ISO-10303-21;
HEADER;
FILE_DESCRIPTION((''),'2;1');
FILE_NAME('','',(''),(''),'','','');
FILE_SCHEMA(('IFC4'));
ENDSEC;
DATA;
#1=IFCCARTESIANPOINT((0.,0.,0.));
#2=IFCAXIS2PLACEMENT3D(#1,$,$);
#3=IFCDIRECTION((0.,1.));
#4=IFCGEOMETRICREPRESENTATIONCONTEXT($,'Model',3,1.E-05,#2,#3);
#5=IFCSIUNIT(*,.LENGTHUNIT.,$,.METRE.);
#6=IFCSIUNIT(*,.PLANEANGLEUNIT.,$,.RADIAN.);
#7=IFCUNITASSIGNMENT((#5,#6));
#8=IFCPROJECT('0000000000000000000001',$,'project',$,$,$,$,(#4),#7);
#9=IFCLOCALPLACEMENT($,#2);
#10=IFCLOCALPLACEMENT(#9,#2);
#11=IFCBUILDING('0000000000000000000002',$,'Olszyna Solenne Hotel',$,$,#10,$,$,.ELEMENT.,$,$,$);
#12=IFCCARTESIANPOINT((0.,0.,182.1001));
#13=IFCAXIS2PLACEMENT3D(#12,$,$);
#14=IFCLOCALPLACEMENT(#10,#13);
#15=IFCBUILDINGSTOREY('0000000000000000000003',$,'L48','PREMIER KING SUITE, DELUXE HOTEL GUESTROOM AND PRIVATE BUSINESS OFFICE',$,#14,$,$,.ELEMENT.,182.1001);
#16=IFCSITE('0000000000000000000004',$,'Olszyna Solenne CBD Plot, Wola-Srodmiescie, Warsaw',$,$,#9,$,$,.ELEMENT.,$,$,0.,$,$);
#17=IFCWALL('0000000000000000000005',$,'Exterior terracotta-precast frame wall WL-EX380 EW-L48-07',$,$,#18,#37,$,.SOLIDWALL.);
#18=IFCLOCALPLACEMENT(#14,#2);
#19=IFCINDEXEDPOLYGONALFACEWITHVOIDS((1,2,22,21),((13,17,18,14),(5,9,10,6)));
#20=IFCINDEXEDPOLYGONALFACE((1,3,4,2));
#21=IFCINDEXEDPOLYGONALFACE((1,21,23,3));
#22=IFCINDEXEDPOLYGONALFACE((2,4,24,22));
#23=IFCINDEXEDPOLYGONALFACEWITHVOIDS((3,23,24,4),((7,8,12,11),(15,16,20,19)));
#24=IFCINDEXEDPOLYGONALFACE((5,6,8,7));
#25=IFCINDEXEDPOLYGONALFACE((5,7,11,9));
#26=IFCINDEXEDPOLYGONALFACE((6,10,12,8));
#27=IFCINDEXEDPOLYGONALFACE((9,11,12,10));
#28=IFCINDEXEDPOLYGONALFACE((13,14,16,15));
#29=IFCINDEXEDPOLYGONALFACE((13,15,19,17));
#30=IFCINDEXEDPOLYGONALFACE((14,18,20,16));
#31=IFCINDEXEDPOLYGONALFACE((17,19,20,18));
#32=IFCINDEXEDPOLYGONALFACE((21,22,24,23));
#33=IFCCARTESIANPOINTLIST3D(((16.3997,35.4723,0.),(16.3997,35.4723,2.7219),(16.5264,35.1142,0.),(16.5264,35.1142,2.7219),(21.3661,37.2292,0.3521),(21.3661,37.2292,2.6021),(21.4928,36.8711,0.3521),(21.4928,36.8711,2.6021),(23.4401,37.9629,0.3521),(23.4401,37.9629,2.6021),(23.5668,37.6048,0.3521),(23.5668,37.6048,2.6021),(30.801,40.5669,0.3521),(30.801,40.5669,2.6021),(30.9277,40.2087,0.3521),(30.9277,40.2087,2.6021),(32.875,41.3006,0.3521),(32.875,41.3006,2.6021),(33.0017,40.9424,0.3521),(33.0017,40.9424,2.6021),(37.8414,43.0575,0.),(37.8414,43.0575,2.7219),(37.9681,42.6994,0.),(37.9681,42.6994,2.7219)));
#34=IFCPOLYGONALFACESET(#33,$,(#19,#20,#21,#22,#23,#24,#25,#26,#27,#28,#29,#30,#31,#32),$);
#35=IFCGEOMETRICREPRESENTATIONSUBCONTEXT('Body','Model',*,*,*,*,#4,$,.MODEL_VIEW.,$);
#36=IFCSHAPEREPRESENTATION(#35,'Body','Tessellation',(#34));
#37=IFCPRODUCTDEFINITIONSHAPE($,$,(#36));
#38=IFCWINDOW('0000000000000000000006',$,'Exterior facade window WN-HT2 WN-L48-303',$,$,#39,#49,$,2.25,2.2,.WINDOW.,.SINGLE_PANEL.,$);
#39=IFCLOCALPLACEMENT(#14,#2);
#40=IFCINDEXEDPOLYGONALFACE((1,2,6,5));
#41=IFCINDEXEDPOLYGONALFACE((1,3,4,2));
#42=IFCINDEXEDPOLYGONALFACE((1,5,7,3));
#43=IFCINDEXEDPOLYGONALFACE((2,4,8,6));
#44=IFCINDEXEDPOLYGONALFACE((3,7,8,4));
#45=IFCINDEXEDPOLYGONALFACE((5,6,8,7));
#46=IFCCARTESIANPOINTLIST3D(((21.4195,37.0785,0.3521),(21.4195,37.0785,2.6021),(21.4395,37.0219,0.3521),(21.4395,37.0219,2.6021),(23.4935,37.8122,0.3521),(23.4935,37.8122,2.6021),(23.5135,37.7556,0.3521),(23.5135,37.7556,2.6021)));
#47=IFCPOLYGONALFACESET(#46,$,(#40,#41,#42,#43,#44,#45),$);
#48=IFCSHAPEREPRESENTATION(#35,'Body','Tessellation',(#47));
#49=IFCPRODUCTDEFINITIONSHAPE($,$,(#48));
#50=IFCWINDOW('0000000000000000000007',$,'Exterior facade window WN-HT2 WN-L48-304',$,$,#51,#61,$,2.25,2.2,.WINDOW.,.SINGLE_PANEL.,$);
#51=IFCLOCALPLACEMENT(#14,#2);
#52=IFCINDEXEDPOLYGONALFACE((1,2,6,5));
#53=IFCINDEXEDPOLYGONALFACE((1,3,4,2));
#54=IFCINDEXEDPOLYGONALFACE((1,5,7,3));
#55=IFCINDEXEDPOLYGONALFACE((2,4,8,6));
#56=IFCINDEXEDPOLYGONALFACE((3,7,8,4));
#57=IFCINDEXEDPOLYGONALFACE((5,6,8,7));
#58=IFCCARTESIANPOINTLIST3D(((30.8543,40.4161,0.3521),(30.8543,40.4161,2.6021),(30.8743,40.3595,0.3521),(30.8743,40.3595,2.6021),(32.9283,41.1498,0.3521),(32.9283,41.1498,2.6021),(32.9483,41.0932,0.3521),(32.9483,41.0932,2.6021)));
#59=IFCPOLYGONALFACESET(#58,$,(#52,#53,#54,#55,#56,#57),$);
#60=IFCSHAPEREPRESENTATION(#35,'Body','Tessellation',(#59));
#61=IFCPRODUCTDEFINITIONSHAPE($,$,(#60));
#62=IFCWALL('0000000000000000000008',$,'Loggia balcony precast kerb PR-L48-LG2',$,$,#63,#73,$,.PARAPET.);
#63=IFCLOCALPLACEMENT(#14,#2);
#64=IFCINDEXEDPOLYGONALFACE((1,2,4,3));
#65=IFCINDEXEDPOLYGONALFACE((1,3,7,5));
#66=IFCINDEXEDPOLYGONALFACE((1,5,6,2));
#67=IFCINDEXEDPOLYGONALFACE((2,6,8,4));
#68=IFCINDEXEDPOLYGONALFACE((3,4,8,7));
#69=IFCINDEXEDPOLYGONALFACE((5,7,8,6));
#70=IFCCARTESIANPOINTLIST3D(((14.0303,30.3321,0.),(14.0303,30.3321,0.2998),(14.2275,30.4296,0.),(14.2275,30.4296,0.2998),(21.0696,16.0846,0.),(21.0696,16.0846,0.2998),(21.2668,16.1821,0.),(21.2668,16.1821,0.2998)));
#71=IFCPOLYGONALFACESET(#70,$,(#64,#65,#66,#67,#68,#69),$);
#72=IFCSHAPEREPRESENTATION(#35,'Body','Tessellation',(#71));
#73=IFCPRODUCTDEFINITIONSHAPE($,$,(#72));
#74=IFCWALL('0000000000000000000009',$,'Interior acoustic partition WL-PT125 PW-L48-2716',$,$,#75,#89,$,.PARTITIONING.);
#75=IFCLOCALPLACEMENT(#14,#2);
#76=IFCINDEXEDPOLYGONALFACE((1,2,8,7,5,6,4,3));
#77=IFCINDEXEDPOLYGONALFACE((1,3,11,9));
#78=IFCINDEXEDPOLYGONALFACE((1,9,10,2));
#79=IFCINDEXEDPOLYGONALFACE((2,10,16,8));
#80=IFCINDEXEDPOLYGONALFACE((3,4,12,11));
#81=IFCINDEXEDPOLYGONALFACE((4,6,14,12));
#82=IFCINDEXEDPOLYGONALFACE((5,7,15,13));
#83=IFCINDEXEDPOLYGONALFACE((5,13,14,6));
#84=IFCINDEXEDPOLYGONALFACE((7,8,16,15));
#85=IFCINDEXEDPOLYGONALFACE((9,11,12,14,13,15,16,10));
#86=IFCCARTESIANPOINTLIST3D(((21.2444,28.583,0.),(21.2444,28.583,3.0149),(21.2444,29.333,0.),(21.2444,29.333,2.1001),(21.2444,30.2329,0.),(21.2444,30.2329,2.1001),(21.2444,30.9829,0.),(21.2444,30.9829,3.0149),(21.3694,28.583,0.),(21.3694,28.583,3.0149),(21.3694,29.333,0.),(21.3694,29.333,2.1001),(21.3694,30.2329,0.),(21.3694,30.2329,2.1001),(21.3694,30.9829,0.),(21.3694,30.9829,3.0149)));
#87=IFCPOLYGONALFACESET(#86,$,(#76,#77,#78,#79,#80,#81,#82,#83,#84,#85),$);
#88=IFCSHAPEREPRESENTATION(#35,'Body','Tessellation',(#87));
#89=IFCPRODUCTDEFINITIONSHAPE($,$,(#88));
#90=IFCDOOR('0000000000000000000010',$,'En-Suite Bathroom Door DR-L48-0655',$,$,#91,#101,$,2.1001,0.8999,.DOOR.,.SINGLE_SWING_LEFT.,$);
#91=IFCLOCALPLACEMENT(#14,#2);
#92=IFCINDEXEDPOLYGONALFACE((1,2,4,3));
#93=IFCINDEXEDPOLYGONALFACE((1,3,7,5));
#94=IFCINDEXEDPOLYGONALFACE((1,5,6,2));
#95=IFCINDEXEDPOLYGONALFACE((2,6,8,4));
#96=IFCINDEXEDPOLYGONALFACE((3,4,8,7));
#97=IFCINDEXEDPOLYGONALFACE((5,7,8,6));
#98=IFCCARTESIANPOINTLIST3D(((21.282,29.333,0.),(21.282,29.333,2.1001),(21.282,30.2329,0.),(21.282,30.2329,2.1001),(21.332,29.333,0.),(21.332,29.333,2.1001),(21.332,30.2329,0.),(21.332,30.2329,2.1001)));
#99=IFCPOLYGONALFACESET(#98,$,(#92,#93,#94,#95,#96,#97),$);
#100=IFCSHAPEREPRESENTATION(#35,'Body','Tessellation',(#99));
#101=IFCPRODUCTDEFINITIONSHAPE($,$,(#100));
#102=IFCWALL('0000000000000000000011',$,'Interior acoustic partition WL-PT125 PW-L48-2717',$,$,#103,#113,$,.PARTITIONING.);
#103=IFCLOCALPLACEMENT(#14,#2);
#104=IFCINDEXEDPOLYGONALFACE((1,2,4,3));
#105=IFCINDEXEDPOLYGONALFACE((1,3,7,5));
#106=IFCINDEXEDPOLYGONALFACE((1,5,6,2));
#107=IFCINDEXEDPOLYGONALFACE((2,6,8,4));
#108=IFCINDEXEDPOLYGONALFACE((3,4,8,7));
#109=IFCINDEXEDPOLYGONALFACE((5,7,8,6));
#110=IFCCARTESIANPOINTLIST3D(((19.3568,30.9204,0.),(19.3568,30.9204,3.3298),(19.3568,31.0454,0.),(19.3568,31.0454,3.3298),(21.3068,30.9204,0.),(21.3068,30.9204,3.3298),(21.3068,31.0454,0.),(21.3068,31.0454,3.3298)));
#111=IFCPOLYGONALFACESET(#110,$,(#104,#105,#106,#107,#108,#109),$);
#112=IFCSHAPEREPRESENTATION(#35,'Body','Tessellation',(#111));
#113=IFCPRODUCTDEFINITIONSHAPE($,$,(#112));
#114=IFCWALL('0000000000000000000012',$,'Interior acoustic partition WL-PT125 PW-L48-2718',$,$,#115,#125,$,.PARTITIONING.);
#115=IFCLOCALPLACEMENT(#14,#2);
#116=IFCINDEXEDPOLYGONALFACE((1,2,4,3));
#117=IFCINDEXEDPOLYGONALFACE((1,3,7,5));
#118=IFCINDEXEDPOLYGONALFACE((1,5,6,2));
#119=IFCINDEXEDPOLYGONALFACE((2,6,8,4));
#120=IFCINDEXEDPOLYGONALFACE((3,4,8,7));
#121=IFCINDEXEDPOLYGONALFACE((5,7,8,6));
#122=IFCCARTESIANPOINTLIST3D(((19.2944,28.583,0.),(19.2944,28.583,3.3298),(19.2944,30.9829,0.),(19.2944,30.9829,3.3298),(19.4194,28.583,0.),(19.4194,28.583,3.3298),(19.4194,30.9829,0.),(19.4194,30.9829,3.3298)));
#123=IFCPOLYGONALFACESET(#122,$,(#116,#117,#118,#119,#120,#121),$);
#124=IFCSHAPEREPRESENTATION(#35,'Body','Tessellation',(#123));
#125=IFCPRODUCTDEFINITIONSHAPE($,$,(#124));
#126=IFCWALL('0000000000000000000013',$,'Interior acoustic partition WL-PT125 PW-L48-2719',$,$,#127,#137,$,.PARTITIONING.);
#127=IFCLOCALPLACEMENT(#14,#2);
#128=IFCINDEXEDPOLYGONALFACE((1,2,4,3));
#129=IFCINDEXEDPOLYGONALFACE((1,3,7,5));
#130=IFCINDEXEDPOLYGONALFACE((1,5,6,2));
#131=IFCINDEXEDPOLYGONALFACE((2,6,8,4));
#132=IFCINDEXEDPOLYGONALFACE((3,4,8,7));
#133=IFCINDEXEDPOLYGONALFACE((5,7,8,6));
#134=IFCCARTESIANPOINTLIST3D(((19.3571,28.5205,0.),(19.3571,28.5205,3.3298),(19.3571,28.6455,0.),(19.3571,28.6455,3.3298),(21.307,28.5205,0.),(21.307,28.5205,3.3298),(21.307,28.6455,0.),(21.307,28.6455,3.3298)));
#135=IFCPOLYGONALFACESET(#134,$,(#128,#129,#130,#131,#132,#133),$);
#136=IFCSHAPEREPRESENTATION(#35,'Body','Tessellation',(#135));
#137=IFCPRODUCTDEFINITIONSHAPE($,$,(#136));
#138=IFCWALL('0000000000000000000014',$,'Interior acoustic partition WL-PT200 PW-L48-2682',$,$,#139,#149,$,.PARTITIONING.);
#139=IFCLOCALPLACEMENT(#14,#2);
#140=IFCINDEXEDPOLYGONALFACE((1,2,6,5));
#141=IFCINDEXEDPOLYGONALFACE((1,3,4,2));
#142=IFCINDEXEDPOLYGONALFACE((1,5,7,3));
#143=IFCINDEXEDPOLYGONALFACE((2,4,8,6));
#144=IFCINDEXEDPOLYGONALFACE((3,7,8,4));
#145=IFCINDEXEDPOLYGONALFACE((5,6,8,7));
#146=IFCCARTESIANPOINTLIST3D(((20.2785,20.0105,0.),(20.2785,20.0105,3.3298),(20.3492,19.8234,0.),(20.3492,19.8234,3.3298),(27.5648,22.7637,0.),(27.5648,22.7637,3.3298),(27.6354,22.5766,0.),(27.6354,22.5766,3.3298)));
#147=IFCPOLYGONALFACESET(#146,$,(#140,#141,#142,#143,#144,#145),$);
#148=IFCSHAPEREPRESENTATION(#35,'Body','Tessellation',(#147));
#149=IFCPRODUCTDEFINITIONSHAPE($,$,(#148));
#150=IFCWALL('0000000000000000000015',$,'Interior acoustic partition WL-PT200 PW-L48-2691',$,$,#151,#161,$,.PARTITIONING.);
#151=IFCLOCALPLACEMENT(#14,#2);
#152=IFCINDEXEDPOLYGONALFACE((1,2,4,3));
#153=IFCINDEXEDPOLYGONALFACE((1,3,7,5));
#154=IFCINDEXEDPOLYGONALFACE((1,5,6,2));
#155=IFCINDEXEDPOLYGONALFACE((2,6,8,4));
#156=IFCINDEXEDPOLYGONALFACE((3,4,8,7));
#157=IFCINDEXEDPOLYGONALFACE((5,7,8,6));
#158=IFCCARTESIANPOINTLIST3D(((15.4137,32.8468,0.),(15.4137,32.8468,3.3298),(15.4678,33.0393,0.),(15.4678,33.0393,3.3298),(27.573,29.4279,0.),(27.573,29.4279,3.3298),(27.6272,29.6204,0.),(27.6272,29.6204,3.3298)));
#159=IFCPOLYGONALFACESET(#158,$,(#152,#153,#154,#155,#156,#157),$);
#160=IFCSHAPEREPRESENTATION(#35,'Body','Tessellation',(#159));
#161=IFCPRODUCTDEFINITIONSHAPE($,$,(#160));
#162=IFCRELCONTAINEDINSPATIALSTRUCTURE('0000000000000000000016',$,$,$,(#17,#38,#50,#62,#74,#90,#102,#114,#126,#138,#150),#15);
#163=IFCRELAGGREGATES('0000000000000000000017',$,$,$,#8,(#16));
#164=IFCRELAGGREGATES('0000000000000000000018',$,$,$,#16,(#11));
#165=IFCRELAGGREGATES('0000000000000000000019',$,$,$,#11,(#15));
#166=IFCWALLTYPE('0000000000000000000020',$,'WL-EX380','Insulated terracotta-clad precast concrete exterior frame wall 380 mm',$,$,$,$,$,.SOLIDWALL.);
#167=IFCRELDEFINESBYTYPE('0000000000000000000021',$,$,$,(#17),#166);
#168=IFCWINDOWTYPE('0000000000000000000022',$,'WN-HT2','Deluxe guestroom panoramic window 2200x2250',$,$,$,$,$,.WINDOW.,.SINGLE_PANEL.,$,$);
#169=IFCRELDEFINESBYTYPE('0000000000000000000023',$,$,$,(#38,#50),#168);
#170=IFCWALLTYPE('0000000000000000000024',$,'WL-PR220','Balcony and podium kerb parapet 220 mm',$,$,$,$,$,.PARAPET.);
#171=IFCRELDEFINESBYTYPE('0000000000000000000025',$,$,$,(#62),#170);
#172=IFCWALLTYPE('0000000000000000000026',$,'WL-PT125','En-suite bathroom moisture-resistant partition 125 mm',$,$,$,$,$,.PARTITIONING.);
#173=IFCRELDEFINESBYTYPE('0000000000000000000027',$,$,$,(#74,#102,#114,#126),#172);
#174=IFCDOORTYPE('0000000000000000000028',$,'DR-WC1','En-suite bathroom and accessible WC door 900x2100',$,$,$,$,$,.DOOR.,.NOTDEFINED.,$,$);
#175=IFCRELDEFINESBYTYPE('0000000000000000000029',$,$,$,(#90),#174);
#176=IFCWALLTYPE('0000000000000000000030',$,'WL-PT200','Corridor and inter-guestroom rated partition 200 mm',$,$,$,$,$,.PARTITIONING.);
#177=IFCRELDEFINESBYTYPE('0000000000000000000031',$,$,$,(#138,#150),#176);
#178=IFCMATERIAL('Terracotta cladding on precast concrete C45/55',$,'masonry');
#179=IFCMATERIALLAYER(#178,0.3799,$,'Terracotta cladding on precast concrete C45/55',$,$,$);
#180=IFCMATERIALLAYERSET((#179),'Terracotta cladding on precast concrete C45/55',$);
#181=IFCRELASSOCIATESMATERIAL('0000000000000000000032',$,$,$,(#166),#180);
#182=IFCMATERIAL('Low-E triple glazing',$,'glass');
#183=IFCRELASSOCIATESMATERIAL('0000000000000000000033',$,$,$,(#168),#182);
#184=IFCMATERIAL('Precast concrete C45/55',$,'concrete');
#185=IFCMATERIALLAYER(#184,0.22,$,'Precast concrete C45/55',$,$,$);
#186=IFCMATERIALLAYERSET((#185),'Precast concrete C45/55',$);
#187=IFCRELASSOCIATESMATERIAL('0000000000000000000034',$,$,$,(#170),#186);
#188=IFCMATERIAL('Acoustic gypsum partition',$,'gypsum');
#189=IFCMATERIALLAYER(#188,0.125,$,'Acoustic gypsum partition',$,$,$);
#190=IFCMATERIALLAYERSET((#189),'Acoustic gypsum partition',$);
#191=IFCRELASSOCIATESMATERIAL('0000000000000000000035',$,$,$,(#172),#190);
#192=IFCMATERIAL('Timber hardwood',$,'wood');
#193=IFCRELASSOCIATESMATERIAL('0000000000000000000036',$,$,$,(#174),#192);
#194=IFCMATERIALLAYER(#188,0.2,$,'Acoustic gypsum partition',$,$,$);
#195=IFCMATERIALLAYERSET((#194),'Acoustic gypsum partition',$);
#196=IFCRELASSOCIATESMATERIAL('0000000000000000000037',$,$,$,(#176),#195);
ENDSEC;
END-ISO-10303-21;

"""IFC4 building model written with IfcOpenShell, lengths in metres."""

from ifc_helpers import new_model, si_unit, direction, frame, frame_2d, origin, place, context, subcontext, project, spatial, rectangle, extrude, source, transform, mapped, material, layer, layer_set, type_object, type_shapes, element, fill, save


model = new_model("IFC4")

# Units and contexts
model_context = context("Model", 3, precision=1e-05, world=origin(), true_north=direction((0.0, 1.0)))
body_context = subcontext(model_context, "Body", "Model", "MODEL_VIEW")
ifc_project = project(units=[si_unit("LENGTHUNIT", "METRE"), si_unit("PLANEANGLEUNIT", "RADIAN")], contexts=[model_context])

# Site, building, storey
site_placement = place(None, origin())
site = spatial("IfcSite", under=ifc_project, at=site_placement, Name="Olszyna Solenne CBD Plot, Wola-Srodmiescie, Warsaw", CompositionType="ELEMENT", RefElevation=0.0)
building_placement = place(site_placement, origin())
building = spatial("IfcBuilding", under=site, at=building_placement, Name="Olszyna Solenne Hotel", CompositionType="ELEMENT")
storey_placement = place(building_placement, frame((0.0, 0.0, 182.1001)))
storey = spatial("IfcBuildingStorey", under=building, at=storey_placement, Name="L48", Description="PREMIER KING SUITE, DELUXE HOTEL GUESTROOM AND PRIVATE BUSINESS OFFICE", CompositionType="ELEMENT", Elevation=182.1001)

# Shared definitions
ifc_material_1 = material(Name="Terracotta cladding on precast concrete C45/55", Category="masonry")
ifc_layer_1 = layer(ifc_material_1, 0.3799, Name="Terracotta cladding on precast concrete C45/55")
ifc_layer_set_1 = layer_set([ifc_layer_1], Name="Terracotta cladding on precast concrete C45/55")
wall_type_1 = type_object("IfcWallType", Name="WL-EX380", Description="Insulated terracotta-clad precast concrete exterior frame wall 380 mm", PredefinedType="SOLIDWALL", material=ifc_layer_set_1)

# Wall, openings, windows
wall_1_placement = place(storey_placement, frame((16.4629, 35.2932, 0.0), z_axis=(0.0, 0.0, 1.0), x_axis=(0.942749, 0.333503, 0.0)))
wall_1 = element("IfcWall", 1, at=wall_1_placement, inside=storey, type_object=wall_type_1, Name="Exterior terracotta-precast frame wall WL-EX380 EW-L48-07", PredefinedType="SOLIDWALL", context=body_context, shape_type="SweptSolid", body=[
    extrude(rectangle(XDim=22.7439, YDim=0.3799, at=frame_2d((11.3721, 0.0))), origin(), (0.0, 0.0, 1.0), 2.7219),
])
opening_1_placement = place(wall_1_placement, frame((5.2681, 0.0, 0.3521)))
opening_1 = element("IfcOpeningElement", 2, at=opening_1_placement, cuts=wall_1, PredefinedType="OPENING", context=body_context, shape_type="SweptSolid", body=[
    extrude(rectangle(XDim=2.2, YDim=2.25, at=frame_2d((1.1001, 1.125))), frame((0.0, 0.2, 0.0), z_axis=(0.0, -1.0, 0.0), x_axis=(1.0, 0.0, 0.0)), (0.0, 0.0, 1.0), 0.3999),
])
opening_2_placement = place(wall_1_placement, frame((15.2759, 0.0, 0.3521)))
opening_2 = element("IfcOpeningElement", 3, at=opening_2_placement, cuts=wall_1, PredefinedType="OPENING", context=body_context, shape_type="SweptSolid", body=[
    extrude(rectangle(XDim=2.2, YDim=2.25, at=frame_2d((1.1001, 1.125))), frame((0.0, 0.2, 0.0), z_axis=(0.0, -1.0, 0.0), x_axis=(1.0, 0.0, 0.0)), (0.0, 0.0, 1.0), 0.3999),
])
ifc_material_2 = material(Name="Low-E triple glazing", Category="glass")
window_type = type_object("IfcWindowType", Name="WN-HT2", Description="Deluxe guestroom panoramic window 2200x2250", PartitioningType="SINGLE_PANEL", PredefinedType="WINDOW", material=ifc_material_2)
shared_shape_1 = source(origin(), body_context, "Body", "SweptSolid", [
    extrude(rectangle(XDim=2.2, YDim=2.25, at=frame_2d((1.1001, 1.125))), frame((0.0, 0.03, 0.0), z_axis=(0.0, -1.0, 0.0), x_axis=(1.0, 0.0, 0.0)), (0.0, 0.0, 1.0), 0.0601),
])
type_shapes(window_type, [shared_shape_1])
window_1_placement = place(opening_1_placement, origin())
window_1 = element("IfcWindow", 4, at=window_1_placement, inside=storey, type_object=window_type, Name="Exterior facade window WN-HT2 WN-L48-303", OverallHeight=2.25, OverallWidth=2.2, PartitioningType="SINGLE_PANEL", PredefinedType="WINDOW", context=body_context, shape_type="MappedRepresentation", body=[
    mapped(shared_shape_1, transform((0.0, 0.0, 0.0), x_axis=(1.0, 0.0, 0.0), y_axis=(0.0, 1.0, 0.0), z_axis=(0.0, 0.0, 1.0), scale=1.0)),
])
fill(opening_1, window_1)
window_2_placement = place(opening_2_placement, origin())
window_2 = element("IfcWindow", 5, at=window_2_placement, inside=storey, type_object=window_type, Name="Exterior facade window WN-HT2 WN-L48-304", OverallHeight=2.25, OverallWidth=2.2, PartitioningType="SINGLE_PANEL", PredefinedType="WINDOW", context=body_context, shape_type="MappedRepresentation", body=[
    mapped(shared_shape_1, transform((0.0, 0.0, 0.0), x_axis=(1.0, 0.0, 0.0), y_axis=(0.0, 1.0, 0.0), z_axis=(0.0, 0.0, 1.0), scale=1.0)),
])
fill(opening_2, window_2)

# Wall
ifc_material_3 = material(Name="Precast concrete C45/55", Category="concrete")
ifc_layer_2 = layer(ifc_material_3, 0.22, Name="Precast concrete C45/55")
ifc_layer_set_2 = layer_set([ifc_layer_2], Name="Precast concrete C45/55")
wall_type_2 = type_object("IfcWallType", Name="WL-PR220", Description="Balcony and podium kerb parapet 220 mm", PredefinedType="PARAPET", material=ifc_layer_set_2)
wall_2_placement = place(storey_placement, frame((14.1289, 30.3809, 0.0), z_axis=(0.0, 0.0, 1.0), x_axis=(0.442956, -0.896543, 0.0)))
element("IfcWall", 6, at=wall_2_placement, inside=storey, type_object=wall_type_2, Name="Loggia balcony precast kerb PR-L48-LG2", PredefinedType="PARAPET", context=body_context, shape_type="SweptSolid", body=[
    extrude(rectangle(XDim=15.8916, YDim=0.22, at=frame_2d((7.9458, 0.0))), origin(), (0.0, 0.0, 1.0), 0.2998),
])

# Wall, opening, door
ifc_material_4 = material(Name="Acoustic gypsum partition", Category="gypsum")
ifc_layer_3 = layer(ifc_material_4, 0.125, Name="Acoustic gypsum partition")
ifc_layer_set_3 = layer_set([ifc_layer_3], Name="Acoustic gypsum partition")
wall_type_3 = type_object("IfcWallType", Name="WL-PT125", Description="En-suite bathroom moisture-resistant partition 125 mm", PredefinedType="PARTITIONING", material=ifc_layer_set_3)
wall_3_placement = place(storey_placement, frame((21.3069, 28.583, 0.0), z_axis=(0.0, 0.0, 1.0), x_axis=(0.0, 1.0, 0.0)))
wall_3 = element("IfcWall", 7, at=wall_3_placement, inside=storey, type_object=wall_type_3, Name="Interior acoustic partition WL-PT125 PW-L48-2716", PredefinedType="PARTITIONING", context=body_context, shape_type="SweptSolid", body=[
    extrude(rectangle(XDim=2.3999, YDim=0.125, at=frame_2d((1.2, 0.0))), origin(), (0.0, 0.0, 1.0), 3.0149),
])
opening_3_placement = place(wall_3_placement, frame((0.75, 0.0, 0.0)))
opening_3 = element("IfcOpeningElement", 8, at=opening_3_placement, cuts=wall_3, PredefinedType="OPENING", context=body_context, shape_type="SweptSolid", body=[
    extrude(rectangle(XDim=0.8999, YDim=2.1001, at=frame_2d((0.45, 1.05))), frame((0.0, 0.0725, 0.0), z_axis=(0.0, -1.0, 0.0), x_axis=(1.0, 0.0, 0.0)), (0.0, 0.0, 1.0), 0.145),
])
ifc_material_5 = material(Name="Timber hardwood", Category="wood")
door_type_1 = type_object("IfcDoorType", Name="DR-WC1", Description="En-suite bathroom and accessible WC door 900x2100", OperationType="NOTDEFINED", PredefinedType="DOOR", material=ifc_material_5)
shared_shape_2 = source(origin(), body_context, "Body", "SweptSolid", [
    extrude(rectangle(XDim=0.8999, YDim=2.1001, at=frame_2d((0.45, 1.05))), frame((0.0, 0.0249, 0.0), z_axis=(0.0, -1.0, 0.0), x_axis=(1.0, 0.0, 0.0)), (0.0, 0.0, 1.0), 0.05),
])
type_shapes(door_type_1, [shared_shape_2])
door_1_placement = place(opening_3_placement, origin())
door_1 = element("IfcDoor", 9, at=door_1_placement, inside=storey, type_object=door_type_1, Name="En-Suite Bathroom Door DR-L48-0655", OperationType="SINGLE_SWING_LEFT", OverallHeight=2.1001, OverallWidth=0.8999, PredefinedType="DOOR", context=body_context, shape_type="MappedRepresentation", body=[
    mapped(shared_shape_2, transform((0.0, 0.0, 0.0), x_axis=(1.0, 0.0, 0.0), y_axis=(0.0, 1.0, 0.0), z_axis=(0.0, 0.0, 1.0), scale=1.0)),
])
fill(opening_3, door_1)

# Walls
wall_4_placement = place(storey_placement, frame((21.3069, 30.9829, 0.0), z_axis=(0.0, 0.0, 1.0), x_axis=(-1.0, 0.0, 0.0)))
element("IfcWall", 10, at=wall_4_placement, inside=storey, type_object=wall_type_3, Name="Interior acoustic partition WL-PT125 PW-L48-2717", PredefinedType="PARTITIONING", context=body_context, shape_type="SweptSolid", body=[
    extrude(rectangle(XDim=1.95, YDim=0.125, at=frame_2d((0.9751, 0.0))), origin(), (0.0, 0.0, 1.0), 3.3298),
])
wall_5_placement = place(storey_placement, frame((19.3569, 30.9829, 0.0), z_axis=(0.0, 0.0, 1.0), x_axis=(0.0, -1.0, 0.0)))
element("IfcWall", 11, at=wall_5_placement, inside=storey, type_object=wall_type_3, Name="Interior acoustic partition WL-PT125 PW-L48-2718", PredefinedType="PARTITIONING", context=body_context, shape_type="SweptSolid", body=[
    extrude(rectangle(XDim=2.3999, YDim=0.125, at=frame_2d((1.2, 0.0))), origin(), (0.0, 0.0, 1.0), 3.3298),
])
wall_6_placement = place(storey_placement, frame((19.3569, 28.583, 0.0), z_axis=(0.0, 0.0, 1.0), x_axis=(1.0, 0.0, 0.0)))
element("IfcWall", 12, at=wall_6_placement, inside=storey, type_object=wall_type_3, Name="Interior acoustic partition WL-PT125 PW-L48-2719", PredefinedType="PARTITIONING", context=body_context, shape_type="SweptSolid", body=[
    extrude(rectangle(XDim=1.95, YDim=0.125, at=frame_2d((0.9751, 0.0))), origin(), (0.0, 0.0, 1.0), 3.3298),
])
ifc_layer_4 = layer(ifc_material_4, 0.2, Name="Acoustic gypsum partition")
ifc_layer_set_4 = layer_set([ifc_layer_4], Name="Acoustic gypsum partition")
wall_type_4 = type_object("IfcWallType", Name="WL-PT200", Description="Corridor and inter-guestroom rated partition 200 mm", PredefinedType="PARTITIONING", material=ifc_layer_set_4)
wall_7_placement = place(storey_placement, frame((27.6001, 22.6702, 0.0), z_axis=(0.0, 0.0, 1.0), x_axis=(-0.935445, -0.353472, 0.0)))
element("IfcWall", 13, at=wall_7_placement, inside=storey, type_object=wall_type_4, Name="Interior acoustic partition WL-PT200 PW-L48-2682", PredefinedType="PARTITIONING", context=body_context, shape_type="SweptSolid", body=[
    extrude(rectangle(XDim=7.7891, YDim=0.2, at=frame_2d((3.8945, 0.0))), origin(), (0.0, 0.0, 1.0), 3.3298),
])
wall_8_placement = place(storey_placement, frame((27.6001, 29.5242, 0.0), z_axis=(0.0, 0.0, 1.0), x_axis=(-0.962669, 0.27068, 0.0)))
element("IfcWall", 14, at=wall_8_placement, inside=storey, type_object=wall_type_4, Name="Interior acoustic partition WL-PT200 PW-L48-2691", PredefinedType="PARTITIONING", context=body_context, shape_type="SweptSolid", body=[
    extrude(rectangle(XDim=12.6309, YDim=0.2, at=frame_2d((6.3154, 0.0))), origin(), (0.0, 0.0, 1.0), 3.3298),
])

save(model, "model.ifc")
